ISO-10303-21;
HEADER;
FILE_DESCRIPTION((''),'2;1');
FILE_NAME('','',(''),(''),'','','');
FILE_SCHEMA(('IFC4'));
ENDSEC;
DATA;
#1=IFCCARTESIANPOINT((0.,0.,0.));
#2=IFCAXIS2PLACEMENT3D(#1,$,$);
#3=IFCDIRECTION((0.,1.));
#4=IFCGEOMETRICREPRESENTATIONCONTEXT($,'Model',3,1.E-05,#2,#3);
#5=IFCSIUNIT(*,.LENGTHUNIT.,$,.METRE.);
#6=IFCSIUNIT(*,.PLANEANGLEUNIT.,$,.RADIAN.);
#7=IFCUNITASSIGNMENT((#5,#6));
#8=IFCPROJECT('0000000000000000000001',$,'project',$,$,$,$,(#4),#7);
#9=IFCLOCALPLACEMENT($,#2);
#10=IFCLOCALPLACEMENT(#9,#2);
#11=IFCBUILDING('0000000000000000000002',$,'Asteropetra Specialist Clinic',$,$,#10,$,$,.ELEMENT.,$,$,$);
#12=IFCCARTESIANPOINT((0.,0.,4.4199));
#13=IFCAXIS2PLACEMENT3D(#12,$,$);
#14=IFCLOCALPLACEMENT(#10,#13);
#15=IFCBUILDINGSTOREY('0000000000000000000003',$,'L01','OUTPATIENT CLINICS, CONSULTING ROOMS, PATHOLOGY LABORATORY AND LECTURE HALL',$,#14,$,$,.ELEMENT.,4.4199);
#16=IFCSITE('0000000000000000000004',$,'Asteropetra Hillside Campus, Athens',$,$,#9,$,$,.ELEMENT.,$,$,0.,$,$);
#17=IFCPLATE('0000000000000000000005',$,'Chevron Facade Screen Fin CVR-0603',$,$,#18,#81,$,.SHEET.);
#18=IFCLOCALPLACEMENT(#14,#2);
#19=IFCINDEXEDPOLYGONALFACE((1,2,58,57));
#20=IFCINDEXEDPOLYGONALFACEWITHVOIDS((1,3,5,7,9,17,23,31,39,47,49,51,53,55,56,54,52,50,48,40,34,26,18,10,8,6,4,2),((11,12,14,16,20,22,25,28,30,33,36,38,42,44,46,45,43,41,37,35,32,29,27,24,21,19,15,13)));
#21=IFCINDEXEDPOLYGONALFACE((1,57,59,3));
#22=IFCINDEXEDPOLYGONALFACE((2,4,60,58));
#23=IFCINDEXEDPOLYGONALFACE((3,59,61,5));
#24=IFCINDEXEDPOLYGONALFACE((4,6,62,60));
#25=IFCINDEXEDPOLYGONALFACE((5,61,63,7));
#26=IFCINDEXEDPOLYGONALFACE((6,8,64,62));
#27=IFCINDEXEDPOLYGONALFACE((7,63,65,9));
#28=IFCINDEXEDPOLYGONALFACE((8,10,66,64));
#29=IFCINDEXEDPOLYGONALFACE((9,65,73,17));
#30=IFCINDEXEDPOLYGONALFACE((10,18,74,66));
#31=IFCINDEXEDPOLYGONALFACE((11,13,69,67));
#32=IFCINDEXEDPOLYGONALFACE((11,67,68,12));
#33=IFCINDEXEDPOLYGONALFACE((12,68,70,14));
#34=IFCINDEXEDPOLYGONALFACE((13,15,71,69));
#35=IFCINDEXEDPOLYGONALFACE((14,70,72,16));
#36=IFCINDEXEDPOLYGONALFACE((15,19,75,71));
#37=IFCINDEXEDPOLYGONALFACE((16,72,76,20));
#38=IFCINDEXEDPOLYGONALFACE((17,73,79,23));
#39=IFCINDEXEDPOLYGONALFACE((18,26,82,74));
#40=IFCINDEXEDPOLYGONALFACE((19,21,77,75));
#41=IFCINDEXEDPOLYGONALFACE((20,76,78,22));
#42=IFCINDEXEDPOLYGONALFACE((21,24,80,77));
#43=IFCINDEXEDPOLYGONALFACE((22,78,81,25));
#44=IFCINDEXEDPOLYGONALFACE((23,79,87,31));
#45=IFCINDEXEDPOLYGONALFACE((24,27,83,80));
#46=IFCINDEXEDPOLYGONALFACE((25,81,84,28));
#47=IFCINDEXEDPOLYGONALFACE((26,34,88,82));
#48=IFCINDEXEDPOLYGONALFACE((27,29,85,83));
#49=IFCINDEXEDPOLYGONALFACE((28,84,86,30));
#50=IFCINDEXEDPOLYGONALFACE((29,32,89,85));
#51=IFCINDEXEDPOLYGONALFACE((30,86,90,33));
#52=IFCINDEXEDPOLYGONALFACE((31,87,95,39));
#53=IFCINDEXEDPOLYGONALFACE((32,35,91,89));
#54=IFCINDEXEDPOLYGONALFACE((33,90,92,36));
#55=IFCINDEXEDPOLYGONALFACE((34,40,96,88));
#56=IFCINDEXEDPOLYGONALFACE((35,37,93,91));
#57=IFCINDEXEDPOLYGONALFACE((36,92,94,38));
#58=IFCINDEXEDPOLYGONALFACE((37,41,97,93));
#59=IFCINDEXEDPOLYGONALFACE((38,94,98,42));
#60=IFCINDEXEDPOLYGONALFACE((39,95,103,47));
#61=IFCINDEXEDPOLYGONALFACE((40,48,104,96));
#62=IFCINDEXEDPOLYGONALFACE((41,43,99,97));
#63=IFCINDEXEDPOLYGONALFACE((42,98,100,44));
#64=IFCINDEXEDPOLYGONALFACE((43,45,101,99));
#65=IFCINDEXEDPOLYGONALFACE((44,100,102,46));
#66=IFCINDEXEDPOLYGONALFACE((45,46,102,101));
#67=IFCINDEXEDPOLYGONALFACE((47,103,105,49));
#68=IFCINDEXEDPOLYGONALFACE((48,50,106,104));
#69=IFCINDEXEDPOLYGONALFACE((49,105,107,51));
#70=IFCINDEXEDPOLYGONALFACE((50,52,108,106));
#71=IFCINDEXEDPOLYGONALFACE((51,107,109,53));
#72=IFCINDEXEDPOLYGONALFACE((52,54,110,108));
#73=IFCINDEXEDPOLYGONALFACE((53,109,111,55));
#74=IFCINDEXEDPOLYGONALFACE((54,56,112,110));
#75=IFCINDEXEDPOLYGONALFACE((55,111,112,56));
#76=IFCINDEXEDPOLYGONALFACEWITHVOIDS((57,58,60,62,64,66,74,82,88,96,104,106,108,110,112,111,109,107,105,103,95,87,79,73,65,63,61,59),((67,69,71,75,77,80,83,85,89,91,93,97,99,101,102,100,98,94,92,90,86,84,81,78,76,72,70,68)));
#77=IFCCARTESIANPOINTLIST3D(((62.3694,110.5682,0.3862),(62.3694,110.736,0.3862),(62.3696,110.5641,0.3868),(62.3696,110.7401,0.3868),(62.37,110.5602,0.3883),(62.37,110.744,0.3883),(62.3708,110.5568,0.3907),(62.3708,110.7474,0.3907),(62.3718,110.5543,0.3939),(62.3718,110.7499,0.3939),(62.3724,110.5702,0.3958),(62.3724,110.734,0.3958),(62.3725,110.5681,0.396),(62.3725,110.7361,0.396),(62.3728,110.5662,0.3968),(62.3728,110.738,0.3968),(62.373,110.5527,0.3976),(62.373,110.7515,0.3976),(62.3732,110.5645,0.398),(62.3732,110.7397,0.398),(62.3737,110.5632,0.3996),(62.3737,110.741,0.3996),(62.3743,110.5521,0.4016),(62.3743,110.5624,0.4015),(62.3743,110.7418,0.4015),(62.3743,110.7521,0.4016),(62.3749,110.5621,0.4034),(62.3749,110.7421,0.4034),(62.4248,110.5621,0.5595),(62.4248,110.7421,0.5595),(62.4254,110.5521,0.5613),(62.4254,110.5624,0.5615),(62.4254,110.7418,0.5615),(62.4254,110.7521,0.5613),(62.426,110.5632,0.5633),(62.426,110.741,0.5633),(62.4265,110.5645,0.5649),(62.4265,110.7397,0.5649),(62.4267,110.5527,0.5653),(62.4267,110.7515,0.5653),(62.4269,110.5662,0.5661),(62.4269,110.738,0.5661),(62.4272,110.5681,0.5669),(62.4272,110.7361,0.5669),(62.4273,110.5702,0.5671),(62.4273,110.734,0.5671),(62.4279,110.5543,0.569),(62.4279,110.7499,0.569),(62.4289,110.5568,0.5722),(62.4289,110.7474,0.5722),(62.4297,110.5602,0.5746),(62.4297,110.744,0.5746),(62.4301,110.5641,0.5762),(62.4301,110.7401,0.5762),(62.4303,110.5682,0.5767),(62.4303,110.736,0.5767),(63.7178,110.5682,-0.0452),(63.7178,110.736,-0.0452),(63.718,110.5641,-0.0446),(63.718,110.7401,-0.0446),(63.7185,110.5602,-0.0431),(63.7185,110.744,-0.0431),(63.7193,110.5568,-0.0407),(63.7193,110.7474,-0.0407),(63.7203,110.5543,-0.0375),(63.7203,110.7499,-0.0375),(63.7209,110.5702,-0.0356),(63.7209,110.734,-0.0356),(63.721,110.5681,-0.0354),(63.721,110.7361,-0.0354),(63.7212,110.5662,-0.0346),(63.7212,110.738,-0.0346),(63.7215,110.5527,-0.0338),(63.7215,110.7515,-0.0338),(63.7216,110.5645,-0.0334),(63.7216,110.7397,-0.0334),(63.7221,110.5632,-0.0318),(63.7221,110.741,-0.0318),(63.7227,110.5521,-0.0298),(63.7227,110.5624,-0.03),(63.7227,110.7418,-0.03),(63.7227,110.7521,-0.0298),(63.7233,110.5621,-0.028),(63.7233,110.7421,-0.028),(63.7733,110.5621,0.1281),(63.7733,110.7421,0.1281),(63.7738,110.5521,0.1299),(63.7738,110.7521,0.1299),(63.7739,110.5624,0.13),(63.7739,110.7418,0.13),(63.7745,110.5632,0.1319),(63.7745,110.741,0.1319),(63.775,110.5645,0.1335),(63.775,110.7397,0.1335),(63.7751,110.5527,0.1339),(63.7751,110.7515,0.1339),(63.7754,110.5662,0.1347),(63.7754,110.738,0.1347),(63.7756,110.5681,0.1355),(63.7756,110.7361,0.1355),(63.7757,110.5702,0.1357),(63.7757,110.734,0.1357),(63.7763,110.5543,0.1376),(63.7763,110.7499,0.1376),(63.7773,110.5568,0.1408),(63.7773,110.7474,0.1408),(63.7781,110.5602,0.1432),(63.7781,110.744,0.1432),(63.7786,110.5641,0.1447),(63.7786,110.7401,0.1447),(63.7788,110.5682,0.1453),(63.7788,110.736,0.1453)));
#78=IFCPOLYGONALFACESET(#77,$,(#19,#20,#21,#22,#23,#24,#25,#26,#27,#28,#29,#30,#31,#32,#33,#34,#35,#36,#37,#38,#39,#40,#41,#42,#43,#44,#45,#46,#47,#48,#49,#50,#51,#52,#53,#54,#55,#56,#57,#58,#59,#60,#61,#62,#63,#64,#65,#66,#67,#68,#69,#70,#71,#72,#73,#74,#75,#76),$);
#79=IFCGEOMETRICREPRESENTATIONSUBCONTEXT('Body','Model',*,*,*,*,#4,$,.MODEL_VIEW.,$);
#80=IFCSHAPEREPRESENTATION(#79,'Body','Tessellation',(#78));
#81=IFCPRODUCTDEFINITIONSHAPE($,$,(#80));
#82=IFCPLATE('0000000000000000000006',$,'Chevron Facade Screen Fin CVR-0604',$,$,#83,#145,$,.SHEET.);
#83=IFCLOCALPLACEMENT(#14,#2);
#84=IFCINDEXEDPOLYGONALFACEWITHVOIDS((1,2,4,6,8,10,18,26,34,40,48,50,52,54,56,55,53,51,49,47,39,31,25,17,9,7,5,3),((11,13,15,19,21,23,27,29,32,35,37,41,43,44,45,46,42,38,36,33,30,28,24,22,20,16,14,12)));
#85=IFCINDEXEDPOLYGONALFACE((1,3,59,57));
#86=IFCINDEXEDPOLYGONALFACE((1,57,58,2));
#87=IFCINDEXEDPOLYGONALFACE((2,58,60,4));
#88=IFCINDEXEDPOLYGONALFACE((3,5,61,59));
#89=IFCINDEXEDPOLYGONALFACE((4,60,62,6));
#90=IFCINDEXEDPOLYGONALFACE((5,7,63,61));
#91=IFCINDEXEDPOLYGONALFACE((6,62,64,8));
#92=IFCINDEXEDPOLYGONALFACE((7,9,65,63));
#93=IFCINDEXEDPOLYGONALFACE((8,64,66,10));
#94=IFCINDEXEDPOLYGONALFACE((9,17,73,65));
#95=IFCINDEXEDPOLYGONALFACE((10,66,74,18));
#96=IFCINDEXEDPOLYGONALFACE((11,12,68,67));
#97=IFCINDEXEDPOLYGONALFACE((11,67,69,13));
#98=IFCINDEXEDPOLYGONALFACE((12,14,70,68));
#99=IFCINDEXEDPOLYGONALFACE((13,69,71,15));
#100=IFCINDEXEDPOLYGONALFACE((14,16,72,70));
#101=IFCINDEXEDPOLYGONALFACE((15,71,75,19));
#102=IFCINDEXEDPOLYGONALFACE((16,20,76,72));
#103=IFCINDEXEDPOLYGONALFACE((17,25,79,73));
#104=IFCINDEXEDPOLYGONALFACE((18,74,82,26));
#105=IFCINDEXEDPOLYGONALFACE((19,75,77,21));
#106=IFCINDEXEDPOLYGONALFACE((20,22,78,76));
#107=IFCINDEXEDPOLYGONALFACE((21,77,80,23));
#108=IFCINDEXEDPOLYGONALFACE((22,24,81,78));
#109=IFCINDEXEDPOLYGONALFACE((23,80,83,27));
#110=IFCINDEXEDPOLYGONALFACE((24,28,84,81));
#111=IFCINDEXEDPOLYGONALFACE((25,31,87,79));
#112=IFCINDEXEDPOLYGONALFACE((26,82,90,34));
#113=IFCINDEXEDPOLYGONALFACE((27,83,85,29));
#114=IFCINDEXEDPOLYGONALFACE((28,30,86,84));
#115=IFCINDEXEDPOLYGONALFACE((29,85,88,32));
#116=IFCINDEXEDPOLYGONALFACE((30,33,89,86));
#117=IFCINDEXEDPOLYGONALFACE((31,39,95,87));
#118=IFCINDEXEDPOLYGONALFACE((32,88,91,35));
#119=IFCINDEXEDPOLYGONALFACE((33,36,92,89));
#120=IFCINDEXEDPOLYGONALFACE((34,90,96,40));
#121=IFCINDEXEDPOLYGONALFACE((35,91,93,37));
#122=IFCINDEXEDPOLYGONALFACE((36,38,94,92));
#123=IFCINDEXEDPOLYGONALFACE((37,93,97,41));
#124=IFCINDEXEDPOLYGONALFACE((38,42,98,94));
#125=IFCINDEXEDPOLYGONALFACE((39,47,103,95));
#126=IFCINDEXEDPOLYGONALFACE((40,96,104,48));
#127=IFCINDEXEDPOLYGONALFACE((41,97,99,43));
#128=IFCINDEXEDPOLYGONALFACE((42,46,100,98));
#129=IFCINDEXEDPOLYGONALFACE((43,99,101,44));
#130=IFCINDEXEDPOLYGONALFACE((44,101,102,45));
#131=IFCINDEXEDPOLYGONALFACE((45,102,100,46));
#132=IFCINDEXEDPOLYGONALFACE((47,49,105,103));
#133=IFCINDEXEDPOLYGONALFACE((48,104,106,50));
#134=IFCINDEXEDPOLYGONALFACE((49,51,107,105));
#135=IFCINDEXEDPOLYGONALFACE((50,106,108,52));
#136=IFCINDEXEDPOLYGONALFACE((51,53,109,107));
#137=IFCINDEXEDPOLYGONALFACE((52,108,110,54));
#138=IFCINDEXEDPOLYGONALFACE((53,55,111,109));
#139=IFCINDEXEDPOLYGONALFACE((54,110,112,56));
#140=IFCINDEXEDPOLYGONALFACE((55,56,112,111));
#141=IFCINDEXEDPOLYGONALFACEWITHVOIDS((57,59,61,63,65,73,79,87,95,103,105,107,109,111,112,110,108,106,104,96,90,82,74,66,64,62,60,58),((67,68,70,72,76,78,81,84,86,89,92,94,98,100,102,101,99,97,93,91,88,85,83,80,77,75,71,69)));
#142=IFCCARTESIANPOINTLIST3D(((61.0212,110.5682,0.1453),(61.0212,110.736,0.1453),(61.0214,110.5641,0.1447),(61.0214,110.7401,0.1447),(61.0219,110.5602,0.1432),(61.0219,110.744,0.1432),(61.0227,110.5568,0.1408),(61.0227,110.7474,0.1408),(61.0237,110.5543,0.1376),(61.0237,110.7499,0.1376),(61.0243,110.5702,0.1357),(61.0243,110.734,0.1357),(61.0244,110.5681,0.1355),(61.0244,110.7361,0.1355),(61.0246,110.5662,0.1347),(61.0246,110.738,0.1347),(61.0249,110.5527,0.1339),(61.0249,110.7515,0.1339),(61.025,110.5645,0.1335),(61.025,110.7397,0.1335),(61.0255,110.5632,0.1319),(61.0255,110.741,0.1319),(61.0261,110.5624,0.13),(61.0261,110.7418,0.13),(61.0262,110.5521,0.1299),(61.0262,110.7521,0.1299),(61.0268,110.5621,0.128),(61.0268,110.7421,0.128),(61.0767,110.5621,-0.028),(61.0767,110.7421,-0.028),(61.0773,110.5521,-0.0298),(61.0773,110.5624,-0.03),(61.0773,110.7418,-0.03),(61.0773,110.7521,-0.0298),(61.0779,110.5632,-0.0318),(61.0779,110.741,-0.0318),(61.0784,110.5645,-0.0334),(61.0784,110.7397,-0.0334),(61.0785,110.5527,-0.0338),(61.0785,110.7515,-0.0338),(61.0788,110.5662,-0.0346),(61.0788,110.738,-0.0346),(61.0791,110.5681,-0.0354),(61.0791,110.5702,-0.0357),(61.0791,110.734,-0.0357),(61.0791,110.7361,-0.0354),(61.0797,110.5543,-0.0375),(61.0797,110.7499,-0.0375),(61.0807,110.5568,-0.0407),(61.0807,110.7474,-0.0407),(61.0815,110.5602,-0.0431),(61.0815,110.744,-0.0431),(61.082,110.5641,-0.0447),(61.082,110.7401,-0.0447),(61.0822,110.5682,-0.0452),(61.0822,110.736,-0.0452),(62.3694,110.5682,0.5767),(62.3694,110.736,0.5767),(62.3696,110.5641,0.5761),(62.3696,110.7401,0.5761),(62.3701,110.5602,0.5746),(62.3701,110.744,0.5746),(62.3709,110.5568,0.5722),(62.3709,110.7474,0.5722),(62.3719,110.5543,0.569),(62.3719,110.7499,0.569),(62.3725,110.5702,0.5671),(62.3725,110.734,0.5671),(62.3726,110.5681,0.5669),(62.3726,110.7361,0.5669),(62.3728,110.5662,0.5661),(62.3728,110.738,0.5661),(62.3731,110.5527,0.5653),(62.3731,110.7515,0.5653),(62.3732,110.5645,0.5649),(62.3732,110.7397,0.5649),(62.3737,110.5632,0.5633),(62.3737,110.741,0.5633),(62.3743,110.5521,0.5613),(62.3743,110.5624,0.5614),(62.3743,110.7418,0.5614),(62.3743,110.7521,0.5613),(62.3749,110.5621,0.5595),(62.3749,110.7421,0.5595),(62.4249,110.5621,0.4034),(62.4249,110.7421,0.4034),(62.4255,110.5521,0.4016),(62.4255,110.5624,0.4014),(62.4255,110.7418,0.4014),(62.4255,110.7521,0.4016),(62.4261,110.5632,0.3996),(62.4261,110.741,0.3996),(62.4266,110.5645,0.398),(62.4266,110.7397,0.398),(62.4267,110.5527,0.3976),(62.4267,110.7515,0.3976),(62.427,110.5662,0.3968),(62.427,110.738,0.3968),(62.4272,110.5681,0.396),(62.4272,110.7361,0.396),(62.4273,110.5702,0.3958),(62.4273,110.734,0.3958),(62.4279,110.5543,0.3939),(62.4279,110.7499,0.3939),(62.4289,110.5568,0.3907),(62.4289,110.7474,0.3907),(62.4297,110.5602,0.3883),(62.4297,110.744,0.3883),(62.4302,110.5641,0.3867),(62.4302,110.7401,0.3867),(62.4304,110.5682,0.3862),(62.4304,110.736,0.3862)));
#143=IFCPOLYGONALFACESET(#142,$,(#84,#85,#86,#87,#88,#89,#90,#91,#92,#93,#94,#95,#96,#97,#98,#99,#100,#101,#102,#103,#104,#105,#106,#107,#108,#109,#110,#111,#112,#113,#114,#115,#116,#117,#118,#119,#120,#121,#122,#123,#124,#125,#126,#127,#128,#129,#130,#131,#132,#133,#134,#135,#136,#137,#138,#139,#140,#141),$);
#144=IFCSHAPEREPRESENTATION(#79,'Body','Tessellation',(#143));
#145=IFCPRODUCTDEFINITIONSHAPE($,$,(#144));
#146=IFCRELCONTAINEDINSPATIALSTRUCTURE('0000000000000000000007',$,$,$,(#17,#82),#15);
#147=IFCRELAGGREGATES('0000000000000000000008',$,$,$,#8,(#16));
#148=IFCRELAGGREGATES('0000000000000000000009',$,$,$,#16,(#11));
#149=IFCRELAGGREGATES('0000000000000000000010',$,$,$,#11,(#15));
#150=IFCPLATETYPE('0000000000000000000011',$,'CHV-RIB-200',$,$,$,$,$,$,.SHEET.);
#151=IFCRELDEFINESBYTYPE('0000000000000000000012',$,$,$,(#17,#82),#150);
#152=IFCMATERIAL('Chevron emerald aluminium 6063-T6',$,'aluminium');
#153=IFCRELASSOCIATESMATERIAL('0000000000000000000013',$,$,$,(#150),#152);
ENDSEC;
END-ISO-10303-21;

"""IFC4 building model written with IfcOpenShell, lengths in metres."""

from ifc_helpers import new_model, si_unit, direction, frame, origin, origin_2d, place, context, subcontext, project, spatial, hollow_rectangle, extrude, material, material_profile, profile_set, type_object, element, save


model = new_model("IFC4")

# Units and contexts
model_context = context("Model", 3, precision=1e-05, world=origin(), true_north=direction((0.0, 1.0)))
body_context = subcontext(model_context, "Body", "Model", "MODEL_VIEW")
ifc_project = project(units=[si_unit("LENGTHUNIT", "METRE"), si_unit("PLANEANGLEUNIT", "RADIAN")], contexts=[model_context])

# Site, building, storey
site_placement = place(None, origin())
site = spatial("IfcSite", under=ifc_project, at=site_placement, Name="Asteropetra Hillside Campus, Athens", CompositionType="ELEMENT", RefElevation=0.0)
building_placement = place(site_placement, origin())
building = spatial("IfcBuilding", under=site, at=building_placement, Name="Asteropetra Specialist Clinic", CompositionType="ELEMENT")
storey_placement = place(building_placement, frame((0.0, 0.0, 4.4199)))
storey = spatial("IfcBuildingStorey", under=building, at=storey_placement, Name="L01", Description="OUTPATIENT CLINICS, CONSULTING ROOMS, PATHOLOGY LABORATORY AND LECTURE HALL", CompositionType="ELEMENT", Elevation=4.4199)

# Plates
ifc_material_1 = material(Name="Chevron emerald aluminium 6063-T6", Category="aluminium")
ifc_material_profile = material_profile(ifc_material_1, hollow_rectangle(XDim=0.2, YDim=0.2, WallThickness=0.01, InnerFilletRadius=0.0081, OuterFilletRadius=0.0161, at=origin_2d()), Name="SHS 200x200x10.0")
ifc_profile_set = profile_set([ifc_material_profile], Name="Chevron emerald aluminium 6063-T6")
plate_type_1 = type_object("IfcPlateType", Name="CHV-RIB-200", PredefinedType="SHEET", material=ifc_profile_set)
plate_1_placement = place(storey_placement, frame((63.7483, 110.6521, 0.05), z_axis=(-0.952442, 0.0, 0.304719), x_axis=(0.0, -1.0, 0.0)))
element("IfcPlate", 1, at=plate_1_placement, inside=storey, type_object=plate_type_1, Name="Chevron Facade Screen Fin CVR-0603", PredefinedType="SHEET", context=body_context, shape_type="SweptSolid", body=[
    extrude(hollow_rectangle(XDim=0.2, YDim=0.2, WallThickness=0.01, InnerFilletRadius=0.0081, OuterFilletRadius=0.0161, at=origin_2d()), origin(), (0.0, 0.0, 1.0), 1.4158),
])
plate_2_placement = place(storey_placement, frame((62.3999, 110.6521, 0.4814), z_axis=(-0.952426, 0.0, -0.304769), x_axis=(0.0, -1.0, 0.0)))
element("IfcPlate", 2, at=plate_2_placement, inside=storey, type_object=plate_type_1, Name="Chevron Facade Screen Fin CVR-0604", PredefinedType="SHEET", context=body_context, shape_type="SweptSolid", body=[
    extrude(hollow_rectangle(XDim=0.2, YDim=0.2, WallThickness=0.01, InnerFilletRadius=0.0081, OuterFilletRadius=0.0161, at=origin_2d()), origin(), (0.0, 0.0, 1.0), 1.4155),
])

save(model, "model.ifc")
